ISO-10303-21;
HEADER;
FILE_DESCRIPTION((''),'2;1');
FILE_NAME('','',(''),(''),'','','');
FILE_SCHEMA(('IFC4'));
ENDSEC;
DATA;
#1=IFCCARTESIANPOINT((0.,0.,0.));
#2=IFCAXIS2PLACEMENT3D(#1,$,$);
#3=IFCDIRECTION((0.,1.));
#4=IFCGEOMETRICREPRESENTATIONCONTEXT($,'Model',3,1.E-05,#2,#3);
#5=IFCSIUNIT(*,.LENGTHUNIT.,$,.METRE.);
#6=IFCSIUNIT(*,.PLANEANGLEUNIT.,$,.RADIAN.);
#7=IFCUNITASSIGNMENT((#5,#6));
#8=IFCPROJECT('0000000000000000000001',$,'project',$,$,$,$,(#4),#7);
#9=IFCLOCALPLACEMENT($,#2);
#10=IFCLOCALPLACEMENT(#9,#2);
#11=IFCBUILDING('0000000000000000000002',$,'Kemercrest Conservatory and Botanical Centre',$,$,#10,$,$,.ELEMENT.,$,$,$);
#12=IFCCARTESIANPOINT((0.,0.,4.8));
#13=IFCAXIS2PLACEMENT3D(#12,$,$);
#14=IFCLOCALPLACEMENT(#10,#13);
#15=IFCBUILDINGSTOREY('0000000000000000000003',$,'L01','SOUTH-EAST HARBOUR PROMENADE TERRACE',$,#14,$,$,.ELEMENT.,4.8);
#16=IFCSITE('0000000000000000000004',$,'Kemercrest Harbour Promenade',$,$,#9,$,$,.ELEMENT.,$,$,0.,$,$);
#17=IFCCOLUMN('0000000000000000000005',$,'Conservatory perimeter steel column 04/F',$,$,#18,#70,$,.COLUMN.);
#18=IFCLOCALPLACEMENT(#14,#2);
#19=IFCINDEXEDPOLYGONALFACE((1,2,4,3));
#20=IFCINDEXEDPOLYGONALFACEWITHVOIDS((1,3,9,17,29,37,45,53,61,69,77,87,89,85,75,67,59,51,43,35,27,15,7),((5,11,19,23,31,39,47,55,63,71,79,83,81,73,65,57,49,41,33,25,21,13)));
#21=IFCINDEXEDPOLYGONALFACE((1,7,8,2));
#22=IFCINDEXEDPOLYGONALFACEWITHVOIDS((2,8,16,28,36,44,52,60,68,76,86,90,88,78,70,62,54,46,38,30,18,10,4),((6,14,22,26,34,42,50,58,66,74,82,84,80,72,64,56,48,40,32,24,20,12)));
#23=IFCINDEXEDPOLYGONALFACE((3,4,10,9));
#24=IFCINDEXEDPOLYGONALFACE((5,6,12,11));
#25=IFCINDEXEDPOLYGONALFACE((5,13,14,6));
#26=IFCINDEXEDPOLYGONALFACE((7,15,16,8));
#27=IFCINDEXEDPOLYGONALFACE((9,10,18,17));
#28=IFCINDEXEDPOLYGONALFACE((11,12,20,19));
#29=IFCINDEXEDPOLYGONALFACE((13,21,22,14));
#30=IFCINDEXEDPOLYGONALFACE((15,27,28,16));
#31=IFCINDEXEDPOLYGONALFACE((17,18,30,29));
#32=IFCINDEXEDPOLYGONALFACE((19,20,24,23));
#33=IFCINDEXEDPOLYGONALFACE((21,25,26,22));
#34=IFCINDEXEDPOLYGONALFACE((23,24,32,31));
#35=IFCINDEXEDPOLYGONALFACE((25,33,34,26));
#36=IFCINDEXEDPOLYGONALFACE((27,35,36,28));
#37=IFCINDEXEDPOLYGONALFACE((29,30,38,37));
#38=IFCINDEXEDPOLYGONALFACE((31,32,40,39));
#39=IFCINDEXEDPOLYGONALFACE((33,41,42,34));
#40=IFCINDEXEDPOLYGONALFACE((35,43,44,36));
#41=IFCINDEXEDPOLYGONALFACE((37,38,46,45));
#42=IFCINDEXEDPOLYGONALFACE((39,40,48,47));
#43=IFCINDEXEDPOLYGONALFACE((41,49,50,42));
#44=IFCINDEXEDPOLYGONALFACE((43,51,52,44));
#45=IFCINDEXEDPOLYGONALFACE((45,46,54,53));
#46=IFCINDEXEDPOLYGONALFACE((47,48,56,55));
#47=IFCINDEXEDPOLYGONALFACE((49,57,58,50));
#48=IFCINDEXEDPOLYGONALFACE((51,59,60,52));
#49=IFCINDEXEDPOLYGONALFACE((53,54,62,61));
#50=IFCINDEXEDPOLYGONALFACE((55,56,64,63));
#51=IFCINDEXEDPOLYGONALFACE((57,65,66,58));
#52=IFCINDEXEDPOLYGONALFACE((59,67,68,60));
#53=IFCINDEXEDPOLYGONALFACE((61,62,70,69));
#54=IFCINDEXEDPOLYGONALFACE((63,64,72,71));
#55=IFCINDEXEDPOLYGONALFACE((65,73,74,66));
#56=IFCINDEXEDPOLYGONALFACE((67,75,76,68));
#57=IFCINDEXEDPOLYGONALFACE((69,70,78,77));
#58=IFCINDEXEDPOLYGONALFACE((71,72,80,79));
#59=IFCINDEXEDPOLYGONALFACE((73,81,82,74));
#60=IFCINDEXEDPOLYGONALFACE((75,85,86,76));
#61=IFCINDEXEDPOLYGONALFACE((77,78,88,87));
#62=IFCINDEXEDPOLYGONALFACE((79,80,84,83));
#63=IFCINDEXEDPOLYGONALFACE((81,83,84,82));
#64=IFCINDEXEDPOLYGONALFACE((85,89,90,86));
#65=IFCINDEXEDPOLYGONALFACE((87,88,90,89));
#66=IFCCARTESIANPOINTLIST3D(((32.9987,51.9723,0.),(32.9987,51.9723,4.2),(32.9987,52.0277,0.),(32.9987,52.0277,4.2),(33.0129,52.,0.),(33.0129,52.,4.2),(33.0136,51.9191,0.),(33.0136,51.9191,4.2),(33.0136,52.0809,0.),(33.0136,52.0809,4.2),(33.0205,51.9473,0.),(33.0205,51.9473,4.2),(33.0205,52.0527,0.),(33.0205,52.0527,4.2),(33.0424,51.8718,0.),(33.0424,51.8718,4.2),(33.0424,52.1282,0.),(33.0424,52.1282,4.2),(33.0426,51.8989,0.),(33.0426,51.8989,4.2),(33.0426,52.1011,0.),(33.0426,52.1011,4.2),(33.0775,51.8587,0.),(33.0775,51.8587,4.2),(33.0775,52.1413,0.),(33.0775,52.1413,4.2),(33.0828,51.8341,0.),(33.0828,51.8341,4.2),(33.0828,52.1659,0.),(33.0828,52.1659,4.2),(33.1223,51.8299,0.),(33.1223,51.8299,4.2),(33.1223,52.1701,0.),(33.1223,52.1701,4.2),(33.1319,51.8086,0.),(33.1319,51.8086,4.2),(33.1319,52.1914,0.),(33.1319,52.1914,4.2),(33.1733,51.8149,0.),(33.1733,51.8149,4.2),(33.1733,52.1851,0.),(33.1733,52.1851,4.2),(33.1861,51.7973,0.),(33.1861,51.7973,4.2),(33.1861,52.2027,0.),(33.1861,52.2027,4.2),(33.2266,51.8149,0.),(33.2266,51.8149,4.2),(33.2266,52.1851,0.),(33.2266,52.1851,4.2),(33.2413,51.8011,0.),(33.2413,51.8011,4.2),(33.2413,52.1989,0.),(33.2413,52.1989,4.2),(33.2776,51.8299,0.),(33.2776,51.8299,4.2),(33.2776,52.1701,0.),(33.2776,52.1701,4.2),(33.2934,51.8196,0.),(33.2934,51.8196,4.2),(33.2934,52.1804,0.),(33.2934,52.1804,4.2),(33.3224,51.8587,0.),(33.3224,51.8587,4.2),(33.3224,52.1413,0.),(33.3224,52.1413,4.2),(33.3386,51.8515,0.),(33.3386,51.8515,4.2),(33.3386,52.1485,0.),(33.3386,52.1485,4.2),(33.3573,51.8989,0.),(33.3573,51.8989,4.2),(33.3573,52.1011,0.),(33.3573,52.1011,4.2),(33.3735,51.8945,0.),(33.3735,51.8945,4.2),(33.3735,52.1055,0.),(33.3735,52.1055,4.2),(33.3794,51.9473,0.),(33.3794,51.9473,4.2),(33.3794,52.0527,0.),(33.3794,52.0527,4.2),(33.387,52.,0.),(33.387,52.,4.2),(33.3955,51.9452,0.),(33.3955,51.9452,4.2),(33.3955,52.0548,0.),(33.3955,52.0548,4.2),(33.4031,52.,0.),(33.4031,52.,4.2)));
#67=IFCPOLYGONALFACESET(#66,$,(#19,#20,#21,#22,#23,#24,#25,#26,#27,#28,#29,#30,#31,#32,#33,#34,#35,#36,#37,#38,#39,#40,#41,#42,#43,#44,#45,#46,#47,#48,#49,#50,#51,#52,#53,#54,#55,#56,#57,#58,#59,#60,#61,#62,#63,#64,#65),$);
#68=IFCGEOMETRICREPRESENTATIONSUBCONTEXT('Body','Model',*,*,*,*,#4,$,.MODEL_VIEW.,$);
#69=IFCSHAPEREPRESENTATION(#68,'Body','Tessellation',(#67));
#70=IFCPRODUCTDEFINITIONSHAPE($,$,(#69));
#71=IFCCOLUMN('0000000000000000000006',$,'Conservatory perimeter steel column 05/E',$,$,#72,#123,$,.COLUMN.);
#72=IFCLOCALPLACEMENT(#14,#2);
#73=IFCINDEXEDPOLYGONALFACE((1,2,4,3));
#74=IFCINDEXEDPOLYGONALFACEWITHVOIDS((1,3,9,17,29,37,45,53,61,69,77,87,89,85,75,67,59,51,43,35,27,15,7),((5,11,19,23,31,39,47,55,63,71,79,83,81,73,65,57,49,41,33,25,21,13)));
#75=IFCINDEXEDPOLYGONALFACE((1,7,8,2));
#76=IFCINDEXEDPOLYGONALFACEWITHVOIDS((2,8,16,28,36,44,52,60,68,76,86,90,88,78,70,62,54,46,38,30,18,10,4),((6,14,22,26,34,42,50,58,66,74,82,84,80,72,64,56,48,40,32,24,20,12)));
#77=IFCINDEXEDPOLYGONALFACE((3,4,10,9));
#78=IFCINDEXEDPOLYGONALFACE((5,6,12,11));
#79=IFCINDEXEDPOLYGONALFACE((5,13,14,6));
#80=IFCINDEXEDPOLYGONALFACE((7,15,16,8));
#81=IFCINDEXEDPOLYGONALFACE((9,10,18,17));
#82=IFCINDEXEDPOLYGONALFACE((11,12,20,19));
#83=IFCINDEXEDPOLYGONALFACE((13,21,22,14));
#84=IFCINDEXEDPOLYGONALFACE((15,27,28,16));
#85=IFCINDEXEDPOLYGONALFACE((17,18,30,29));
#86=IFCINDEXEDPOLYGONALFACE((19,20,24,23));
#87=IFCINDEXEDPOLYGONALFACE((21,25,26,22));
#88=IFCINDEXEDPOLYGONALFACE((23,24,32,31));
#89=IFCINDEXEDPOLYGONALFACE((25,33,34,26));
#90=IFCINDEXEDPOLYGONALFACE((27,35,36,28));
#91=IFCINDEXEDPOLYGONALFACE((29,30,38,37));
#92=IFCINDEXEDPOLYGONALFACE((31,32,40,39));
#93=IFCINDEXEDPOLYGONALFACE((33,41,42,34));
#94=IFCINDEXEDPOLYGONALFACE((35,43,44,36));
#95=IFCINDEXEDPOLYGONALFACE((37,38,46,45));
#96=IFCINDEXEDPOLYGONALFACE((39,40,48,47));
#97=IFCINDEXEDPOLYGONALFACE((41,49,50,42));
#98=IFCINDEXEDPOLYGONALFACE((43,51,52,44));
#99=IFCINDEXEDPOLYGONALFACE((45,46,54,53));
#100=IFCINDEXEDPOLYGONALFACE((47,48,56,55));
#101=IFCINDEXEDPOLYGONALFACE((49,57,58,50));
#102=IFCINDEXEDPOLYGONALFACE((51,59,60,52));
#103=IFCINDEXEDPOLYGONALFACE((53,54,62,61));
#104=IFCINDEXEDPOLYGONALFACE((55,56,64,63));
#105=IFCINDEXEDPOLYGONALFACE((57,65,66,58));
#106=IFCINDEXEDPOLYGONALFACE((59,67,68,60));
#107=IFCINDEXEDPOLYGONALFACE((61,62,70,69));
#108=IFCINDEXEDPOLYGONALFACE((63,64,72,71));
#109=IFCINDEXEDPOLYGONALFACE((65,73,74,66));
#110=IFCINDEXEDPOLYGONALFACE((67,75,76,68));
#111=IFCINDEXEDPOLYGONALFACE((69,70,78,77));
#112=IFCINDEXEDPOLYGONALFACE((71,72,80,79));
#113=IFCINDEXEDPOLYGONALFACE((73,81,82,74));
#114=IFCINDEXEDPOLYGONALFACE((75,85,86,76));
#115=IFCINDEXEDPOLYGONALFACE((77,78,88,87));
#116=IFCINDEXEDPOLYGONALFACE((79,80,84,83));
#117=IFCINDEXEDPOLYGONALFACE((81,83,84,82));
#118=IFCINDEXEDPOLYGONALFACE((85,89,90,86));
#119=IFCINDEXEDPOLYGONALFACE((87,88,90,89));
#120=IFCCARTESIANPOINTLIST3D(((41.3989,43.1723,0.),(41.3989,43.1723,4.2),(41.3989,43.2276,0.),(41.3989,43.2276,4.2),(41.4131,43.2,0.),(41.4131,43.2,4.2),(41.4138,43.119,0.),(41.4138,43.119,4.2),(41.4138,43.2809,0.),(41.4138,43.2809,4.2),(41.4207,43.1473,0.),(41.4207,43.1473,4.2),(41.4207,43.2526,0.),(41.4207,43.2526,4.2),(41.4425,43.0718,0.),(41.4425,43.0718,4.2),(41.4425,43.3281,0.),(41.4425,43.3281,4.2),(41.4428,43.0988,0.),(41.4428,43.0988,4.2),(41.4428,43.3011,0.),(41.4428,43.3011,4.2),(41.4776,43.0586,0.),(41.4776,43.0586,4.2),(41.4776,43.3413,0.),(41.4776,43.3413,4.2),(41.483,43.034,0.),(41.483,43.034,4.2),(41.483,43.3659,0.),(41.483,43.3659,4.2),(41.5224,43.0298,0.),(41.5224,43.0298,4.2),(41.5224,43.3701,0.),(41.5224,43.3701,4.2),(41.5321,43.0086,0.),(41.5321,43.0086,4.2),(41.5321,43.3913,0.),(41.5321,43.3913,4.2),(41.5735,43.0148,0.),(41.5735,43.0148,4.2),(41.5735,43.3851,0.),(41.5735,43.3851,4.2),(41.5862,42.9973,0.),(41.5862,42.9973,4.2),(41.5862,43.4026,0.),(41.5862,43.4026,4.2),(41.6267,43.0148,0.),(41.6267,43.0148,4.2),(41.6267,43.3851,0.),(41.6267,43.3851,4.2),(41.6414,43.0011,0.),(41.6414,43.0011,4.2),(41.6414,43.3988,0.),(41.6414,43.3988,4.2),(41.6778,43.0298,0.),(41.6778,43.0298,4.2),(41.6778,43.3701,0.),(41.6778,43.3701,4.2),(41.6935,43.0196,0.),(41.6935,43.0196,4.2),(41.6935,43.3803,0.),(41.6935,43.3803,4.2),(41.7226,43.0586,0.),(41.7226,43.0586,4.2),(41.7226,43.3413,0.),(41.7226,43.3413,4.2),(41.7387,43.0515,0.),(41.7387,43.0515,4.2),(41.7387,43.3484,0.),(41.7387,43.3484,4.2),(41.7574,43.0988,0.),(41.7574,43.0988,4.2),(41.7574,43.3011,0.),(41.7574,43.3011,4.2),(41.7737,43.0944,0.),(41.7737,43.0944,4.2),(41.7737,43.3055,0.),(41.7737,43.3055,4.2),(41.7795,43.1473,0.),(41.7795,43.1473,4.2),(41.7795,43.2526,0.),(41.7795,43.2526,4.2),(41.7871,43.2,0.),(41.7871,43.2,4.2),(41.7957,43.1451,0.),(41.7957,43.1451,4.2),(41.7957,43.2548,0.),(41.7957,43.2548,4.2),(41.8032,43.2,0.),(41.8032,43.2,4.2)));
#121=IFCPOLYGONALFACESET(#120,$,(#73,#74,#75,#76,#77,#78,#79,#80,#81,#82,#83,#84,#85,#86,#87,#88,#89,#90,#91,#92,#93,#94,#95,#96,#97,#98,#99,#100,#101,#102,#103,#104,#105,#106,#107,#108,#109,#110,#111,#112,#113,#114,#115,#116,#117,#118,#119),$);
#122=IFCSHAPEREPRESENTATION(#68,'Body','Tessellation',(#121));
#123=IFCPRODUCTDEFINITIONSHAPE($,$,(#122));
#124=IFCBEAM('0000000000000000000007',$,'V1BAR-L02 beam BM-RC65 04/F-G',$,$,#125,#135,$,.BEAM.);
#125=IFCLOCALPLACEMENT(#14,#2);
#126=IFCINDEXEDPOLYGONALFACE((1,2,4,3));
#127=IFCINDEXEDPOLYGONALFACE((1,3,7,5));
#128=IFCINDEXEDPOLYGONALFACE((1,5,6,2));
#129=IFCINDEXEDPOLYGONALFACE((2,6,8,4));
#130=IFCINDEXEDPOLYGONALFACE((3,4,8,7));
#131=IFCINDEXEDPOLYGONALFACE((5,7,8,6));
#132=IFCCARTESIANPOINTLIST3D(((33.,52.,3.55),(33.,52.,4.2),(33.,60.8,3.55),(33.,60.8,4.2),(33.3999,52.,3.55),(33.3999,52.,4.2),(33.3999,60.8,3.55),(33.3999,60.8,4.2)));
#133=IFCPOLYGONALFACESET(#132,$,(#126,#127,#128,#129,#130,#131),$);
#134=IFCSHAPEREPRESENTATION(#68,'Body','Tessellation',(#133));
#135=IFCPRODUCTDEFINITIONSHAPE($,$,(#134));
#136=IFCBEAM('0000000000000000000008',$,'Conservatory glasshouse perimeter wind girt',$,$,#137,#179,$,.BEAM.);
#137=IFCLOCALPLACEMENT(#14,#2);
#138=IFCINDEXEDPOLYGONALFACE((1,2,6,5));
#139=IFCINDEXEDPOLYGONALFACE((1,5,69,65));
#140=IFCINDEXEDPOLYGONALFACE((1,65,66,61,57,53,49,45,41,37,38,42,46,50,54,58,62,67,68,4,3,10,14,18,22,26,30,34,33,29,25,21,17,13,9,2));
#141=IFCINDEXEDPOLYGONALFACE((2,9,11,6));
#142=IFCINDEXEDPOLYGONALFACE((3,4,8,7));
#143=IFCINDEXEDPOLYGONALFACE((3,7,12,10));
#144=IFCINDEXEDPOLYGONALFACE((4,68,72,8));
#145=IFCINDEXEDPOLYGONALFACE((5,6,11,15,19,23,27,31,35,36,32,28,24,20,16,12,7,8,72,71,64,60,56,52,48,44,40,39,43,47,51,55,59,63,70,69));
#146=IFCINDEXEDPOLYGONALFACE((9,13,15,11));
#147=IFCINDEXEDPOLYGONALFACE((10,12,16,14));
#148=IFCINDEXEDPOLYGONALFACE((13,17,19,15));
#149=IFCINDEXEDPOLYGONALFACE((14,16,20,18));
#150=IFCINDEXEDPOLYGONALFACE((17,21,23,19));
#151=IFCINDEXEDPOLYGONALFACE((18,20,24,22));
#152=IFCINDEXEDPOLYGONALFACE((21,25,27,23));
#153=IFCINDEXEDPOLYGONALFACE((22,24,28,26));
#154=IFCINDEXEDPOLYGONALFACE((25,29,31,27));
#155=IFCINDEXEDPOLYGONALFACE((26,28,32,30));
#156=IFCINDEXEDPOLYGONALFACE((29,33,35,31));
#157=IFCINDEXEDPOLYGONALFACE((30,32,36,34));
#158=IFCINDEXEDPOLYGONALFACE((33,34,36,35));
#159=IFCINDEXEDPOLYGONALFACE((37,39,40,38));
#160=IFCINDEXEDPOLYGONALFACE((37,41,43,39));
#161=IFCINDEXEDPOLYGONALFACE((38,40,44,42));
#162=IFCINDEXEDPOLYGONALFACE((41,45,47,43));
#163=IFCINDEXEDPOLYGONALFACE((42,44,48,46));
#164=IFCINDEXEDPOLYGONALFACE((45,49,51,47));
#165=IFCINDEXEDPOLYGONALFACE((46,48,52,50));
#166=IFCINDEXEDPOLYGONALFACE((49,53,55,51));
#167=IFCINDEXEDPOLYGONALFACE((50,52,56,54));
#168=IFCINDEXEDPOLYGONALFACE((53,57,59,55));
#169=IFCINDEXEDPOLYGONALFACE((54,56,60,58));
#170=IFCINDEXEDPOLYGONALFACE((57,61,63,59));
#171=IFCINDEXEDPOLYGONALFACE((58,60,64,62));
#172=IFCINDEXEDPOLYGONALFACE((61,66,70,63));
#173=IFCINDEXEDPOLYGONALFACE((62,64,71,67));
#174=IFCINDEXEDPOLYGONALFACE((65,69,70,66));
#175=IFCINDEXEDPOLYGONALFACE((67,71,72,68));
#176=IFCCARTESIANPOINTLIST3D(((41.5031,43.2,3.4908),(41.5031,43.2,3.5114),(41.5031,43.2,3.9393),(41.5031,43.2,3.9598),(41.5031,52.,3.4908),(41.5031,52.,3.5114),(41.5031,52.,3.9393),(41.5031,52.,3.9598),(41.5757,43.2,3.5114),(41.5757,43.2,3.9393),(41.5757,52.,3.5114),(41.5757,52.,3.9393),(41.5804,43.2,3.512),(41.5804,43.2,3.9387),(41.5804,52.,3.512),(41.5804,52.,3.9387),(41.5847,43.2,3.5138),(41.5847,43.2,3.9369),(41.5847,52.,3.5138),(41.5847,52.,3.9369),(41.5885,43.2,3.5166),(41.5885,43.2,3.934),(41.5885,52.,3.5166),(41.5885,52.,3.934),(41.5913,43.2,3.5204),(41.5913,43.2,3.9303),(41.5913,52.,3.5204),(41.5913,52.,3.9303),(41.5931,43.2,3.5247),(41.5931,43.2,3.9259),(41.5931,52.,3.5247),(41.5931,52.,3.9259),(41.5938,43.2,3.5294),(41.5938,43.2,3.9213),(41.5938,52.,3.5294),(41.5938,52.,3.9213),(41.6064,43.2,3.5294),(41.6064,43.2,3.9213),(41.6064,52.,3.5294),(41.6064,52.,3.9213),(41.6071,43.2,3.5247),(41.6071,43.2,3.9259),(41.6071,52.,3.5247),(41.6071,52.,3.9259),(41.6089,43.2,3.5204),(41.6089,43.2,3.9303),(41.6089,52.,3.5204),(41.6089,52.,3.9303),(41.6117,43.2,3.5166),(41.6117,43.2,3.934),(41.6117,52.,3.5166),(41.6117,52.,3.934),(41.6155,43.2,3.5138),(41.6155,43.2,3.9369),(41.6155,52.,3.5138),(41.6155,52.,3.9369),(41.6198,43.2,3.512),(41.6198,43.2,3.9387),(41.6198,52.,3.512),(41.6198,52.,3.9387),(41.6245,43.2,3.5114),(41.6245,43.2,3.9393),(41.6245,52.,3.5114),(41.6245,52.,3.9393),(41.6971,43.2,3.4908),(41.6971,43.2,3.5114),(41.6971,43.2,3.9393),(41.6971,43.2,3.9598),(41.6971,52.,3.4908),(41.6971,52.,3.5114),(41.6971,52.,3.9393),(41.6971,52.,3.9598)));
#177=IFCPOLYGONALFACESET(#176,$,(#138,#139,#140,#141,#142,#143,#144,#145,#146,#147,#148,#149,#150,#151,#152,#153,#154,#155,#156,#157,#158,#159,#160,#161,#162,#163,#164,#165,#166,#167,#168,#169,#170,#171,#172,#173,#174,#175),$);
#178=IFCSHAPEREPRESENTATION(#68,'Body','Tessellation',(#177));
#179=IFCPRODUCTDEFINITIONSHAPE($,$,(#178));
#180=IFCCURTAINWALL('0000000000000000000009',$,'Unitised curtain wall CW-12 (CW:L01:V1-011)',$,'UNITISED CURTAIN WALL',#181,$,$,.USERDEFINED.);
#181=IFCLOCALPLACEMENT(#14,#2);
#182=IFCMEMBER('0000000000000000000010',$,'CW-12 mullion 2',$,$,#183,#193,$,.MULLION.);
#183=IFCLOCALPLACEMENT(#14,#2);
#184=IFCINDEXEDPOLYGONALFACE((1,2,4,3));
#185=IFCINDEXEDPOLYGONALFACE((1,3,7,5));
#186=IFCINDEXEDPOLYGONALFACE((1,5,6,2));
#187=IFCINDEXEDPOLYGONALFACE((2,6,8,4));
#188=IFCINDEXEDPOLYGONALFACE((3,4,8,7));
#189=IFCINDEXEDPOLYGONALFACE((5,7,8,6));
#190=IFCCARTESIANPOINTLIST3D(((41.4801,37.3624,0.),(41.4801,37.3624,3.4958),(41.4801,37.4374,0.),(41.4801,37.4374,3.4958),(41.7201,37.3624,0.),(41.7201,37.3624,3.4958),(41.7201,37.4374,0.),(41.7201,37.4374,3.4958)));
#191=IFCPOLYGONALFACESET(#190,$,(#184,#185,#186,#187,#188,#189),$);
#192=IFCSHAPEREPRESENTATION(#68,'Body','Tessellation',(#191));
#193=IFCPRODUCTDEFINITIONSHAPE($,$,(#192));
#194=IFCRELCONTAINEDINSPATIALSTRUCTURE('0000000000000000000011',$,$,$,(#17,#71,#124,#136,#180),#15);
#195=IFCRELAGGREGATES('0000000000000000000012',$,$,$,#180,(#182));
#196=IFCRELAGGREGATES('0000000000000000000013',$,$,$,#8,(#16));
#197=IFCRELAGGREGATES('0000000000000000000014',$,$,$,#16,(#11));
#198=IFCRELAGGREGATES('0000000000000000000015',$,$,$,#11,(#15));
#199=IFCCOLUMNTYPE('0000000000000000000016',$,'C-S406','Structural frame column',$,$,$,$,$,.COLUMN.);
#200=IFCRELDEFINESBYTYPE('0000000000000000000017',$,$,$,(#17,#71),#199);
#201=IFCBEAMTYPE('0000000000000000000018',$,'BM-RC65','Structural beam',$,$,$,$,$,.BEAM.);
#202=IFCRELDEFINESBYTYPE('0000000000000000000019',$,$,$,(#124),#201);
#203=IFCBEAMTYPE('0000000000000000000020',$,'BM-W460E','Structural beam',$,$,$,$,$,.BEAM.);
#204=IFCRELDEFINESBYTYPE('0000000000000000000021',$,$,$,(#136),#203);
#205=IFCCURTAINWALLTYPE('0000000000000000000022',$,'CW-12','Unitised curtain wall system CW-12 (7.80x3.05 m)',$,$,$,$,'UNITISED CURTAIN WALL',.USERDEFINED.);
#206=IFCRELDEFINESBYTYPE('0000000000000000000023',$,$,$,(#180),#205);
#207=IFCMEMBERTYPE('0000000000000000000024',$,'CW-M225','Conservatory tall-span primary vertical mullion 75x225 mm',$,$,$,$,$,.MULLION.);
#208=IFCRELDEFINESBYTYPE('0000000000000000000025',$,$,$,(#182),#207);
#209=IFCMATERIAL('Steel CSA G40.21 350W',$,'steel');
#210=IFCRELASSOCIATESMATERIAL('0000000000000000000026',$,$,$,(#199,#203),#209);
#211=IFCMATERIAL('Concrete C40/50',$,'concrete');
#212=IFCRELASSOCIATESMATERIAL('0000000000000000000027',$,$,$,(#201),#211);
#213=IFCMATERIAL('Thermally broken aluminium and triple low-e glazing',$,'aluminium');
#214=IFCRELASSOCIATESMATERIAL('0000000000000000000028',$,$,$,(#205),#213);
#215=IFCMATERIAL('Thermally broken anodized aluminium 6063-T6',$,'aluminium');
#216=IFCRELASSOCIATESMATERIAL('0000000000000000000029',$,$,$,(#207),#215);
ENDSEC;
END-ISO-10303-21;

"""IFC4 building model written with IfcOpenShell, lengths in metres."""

from ifc_helpers import new_model, si_unit, direction, frame, origin, origin_2d, place, context, subcontext, project, spatial, rectangle, hollow_circle, i_section, extrude, material, material_profile, profile_set, type_object, element, aggregate, save


model = new_model("IFC4")

# Units and contexts
model_context = context("Model", 3, precision=1e-05, world=origin(), true_north=direction((0.0, 1.0)))
body_context = subcontext(model_context, "Body", "Model", "MODEL_VIEW")
ifc_project = project(units=[si_unit("LENGTHUNIT", "METRE"), si_unit("PLANEANGLEUNIT", "RADIAN")], contexts=[model_context])

# Site, building, storey
site_placement = place(None, origin())
site = spatial("IfcSite", under=ifc_project, at=site_placement, Name="Kemercrest Harbour Promenade", CompositionType="ELEMENT", RefElevation=0.0)
building_placement = place(site_placement, origin())
building = spatial("IfcBuilding", under=site, at=building_placement, Name="Kemercrest Conservatory and Botanical Centre", CompositionType="ELEMENT")
storey_placement = place(building_placement, frame((0.0, 0.0, 4.8)))
storey = spatial("IfcBuildingStorey", under=building, at=storey_placement, Name="L01", Description="SOUTH-EAST HARBOUR PROMENADE TERRACE", CompositionType="ELEMENT", Elevation=4.8)

# Columns
ifc_material_1 = material(Name="Steel CSA G40.21 350W", Category="steel")
ifc_material_profile_1 = material_profile(ifc_material_1, hollow_circle(Radius=0.2031, WallThickness=0.0161, at=origin_2d()), Name="CHS 406.4x16.0")
ifc_profile_set_1 = profile_set([ifc_material_profile_1], Name="Steel CSA G40.21 350W")
column_type = type_object("IfcColumnType", Name="C-S406", Description="Structural frame column", PredefinedType="COLUMN", material=ifc_profile_set_1)
for number, where, z_axis, x_axis, name in (
    (1, (33.2, 52.0, 0.0), (0.0, 0.0, 1.0), (1.0, 0.0, 0.0), "Conservatory perimeter steel column 04/F"),
    (2, (41.6001, 43.2, 0.0), (0.0, 0.0, 1.0), (1.0, 0.0, 0.0), "Conservatory perimeter steel column 05/E"),
):
    element("IfcColumn", number, at=place(storey_placement, frame(where, z_axis=z_axis, x_axis=x_axis)), inside=storey, type_object=column_type, Name=name, PredefinedType="COLUMN", context=body_context, shape_type="SweptSolid", body=[
        extrude(hollow_circle(Radius=0.2031, WallThickness=0.0161, at=origin_2d()), origin(), (0.0, 0.0, 1.0), 4.2),
    ])

# Beams
ifc_material_2 = material(Name="Concrete C40/50", Category="concrete")
ifc_material_profile_2 = material_profile(ifc_material_2, rectangle(XDim=0.3999, YDim=0.6499, at=origin_2d()), Name="RC 400x650")
ifc_profile_set_2 = profile_set([ifc_material_profile_2], Name="Concrete C40/50")
beam_type_1 = type_object("IfcBeamType", Name="BM-RC65", Description="Structural beam", PredefinedType="BEAM", material=ifc_profile_set_2)
beam_1_placement = place(storey_placement, frame((33.2, 52.0, 3.875), z_axis=(0.0, 1.0, 0.0), x_axis=(-1.0, 0.0, 0.0)))
element("IfcBeam", 3, at=beam_1_placement, inside=storey, type_object=beam_type_1, Name="V1BAR-L02 beam BM-RC65 04/F-G", PredefinedType="BEAM", context=body_context, shape_type="SweptSolid", body=[
    extrude(rectangle(XDim=0.3999, YDim=0.6499, at=origin_2d()), origin(), (0.0, 0.0, 1.0), 8.8),
])
ifc_material_profile_3 = material_profile(ifc_material_1, i_section(OverallWidth=0.1941, OverallDepth=0.469, WebThickness=0.0127, FlangeThickness=0.0205, FilletRadius=0.0181, at=origin_2d()), Name="W460X106")
ifc_profile_set_3 = profile_set([ifc_material_profile_3], Name="Steel CSA G40.21 350W")
beam_type_2 = type_object("IfcBeamType", Name="BM-W460E", Description="Structural beam", PredefinedType="BEAM", material=ifc_profile_set_3)
beam_2_placement = place(storey_placement, frame((41.6001, 43.2, 3.7253), z_axis=(0.0, 1.0, 0.0), x_axis=(-1.0, 0.0, 0.0)))
element("IfcBeam", 4, at=beam_2_placement, inside=storey, type_object=beam_type_2, Name="Conservatory glasshouse perimeter wind girt", PredefinedType="BEAM", context=body_context, shape_type="SweptSolid", body=[
    extrude(i_section(OverallWidth=0.1941, OverallDepth=0.469, WebThickness=0.0127, FlangeThickness=0.0205, FilletRadius=0.0181, at=origin_2d()), origin(), (0.0, 0.0, 1.0), 8.8),
])

# Curtain wall, member
ifc_material_3 = material(Name="Thermally broken aluminium and triple low-e glazing", Category="aluminium")
curtain_wall_type_1 = type_object("IfcCurtainWallType", Name="CW-12", Description="Unitised curtain wall system CW-12 (7.80x3.05 m)", ElementType="UNITISED CURTAIN WALL", PredefinedType="USERDEFINED", material=ifc_material_3)
curtain_wall_1_placement = place(storey_placement, origin())
curtain_wall_1 = element("IfcCurtainWall", 5, at=curtain_wall_1_placement, inside=storey, type_object=curtain_wall_type_1, Name="Unitised curtain wall CW-12 (CW:L01:V1-011)", ObjectType="UNITISED CURTAIN WALL", PredefinedType="USERDEFINED")
ifc_material_4 = material(Name="Thermally broken anodized aluminium 6063-T6", Category="aluminium")
ifc_material_profile_4 = material_profile(ifc_material_4, rectangle(XDim=0.24, YDim=0.075, at=origin_2d()), Name="AL MULLION 75x240")
ifc_profile_set_4 = profile_set([ifc_material_profile_4], Name="Thermally broken anodized aluminium 6063-T6")
member_type_1 = type_object("IfcMemberType", Name="CW-M225", Description="Conservatory tall-span primary vertical mullion 75x225 mm", PredefinedType="MULLION", material=ifc_profile_set_4)
member_1_placement = place(storey_placement, frame((41.6001, 37.3999, 0.0), z_axis=(0.0, 0.0, 1.0), x_axis=(-1.0, 0.0, 0.0)))
member_1 = element("IfcMember", 6, at=member_1_placement, type_object=member_type_1, Name="CW-12 mullion 2", PredefinedType="MULLION", context=body_context, shape_type="SweptSolid", body=[
    extrude(rectangle(XDim=0.24, YDim=0.075, at=origin_2d()), origin(), (0.0, 0.0, 1.0), 3.4958),
])

aggregate(curtain_wall_1, [member_1])

save(model, "model.ifc")
